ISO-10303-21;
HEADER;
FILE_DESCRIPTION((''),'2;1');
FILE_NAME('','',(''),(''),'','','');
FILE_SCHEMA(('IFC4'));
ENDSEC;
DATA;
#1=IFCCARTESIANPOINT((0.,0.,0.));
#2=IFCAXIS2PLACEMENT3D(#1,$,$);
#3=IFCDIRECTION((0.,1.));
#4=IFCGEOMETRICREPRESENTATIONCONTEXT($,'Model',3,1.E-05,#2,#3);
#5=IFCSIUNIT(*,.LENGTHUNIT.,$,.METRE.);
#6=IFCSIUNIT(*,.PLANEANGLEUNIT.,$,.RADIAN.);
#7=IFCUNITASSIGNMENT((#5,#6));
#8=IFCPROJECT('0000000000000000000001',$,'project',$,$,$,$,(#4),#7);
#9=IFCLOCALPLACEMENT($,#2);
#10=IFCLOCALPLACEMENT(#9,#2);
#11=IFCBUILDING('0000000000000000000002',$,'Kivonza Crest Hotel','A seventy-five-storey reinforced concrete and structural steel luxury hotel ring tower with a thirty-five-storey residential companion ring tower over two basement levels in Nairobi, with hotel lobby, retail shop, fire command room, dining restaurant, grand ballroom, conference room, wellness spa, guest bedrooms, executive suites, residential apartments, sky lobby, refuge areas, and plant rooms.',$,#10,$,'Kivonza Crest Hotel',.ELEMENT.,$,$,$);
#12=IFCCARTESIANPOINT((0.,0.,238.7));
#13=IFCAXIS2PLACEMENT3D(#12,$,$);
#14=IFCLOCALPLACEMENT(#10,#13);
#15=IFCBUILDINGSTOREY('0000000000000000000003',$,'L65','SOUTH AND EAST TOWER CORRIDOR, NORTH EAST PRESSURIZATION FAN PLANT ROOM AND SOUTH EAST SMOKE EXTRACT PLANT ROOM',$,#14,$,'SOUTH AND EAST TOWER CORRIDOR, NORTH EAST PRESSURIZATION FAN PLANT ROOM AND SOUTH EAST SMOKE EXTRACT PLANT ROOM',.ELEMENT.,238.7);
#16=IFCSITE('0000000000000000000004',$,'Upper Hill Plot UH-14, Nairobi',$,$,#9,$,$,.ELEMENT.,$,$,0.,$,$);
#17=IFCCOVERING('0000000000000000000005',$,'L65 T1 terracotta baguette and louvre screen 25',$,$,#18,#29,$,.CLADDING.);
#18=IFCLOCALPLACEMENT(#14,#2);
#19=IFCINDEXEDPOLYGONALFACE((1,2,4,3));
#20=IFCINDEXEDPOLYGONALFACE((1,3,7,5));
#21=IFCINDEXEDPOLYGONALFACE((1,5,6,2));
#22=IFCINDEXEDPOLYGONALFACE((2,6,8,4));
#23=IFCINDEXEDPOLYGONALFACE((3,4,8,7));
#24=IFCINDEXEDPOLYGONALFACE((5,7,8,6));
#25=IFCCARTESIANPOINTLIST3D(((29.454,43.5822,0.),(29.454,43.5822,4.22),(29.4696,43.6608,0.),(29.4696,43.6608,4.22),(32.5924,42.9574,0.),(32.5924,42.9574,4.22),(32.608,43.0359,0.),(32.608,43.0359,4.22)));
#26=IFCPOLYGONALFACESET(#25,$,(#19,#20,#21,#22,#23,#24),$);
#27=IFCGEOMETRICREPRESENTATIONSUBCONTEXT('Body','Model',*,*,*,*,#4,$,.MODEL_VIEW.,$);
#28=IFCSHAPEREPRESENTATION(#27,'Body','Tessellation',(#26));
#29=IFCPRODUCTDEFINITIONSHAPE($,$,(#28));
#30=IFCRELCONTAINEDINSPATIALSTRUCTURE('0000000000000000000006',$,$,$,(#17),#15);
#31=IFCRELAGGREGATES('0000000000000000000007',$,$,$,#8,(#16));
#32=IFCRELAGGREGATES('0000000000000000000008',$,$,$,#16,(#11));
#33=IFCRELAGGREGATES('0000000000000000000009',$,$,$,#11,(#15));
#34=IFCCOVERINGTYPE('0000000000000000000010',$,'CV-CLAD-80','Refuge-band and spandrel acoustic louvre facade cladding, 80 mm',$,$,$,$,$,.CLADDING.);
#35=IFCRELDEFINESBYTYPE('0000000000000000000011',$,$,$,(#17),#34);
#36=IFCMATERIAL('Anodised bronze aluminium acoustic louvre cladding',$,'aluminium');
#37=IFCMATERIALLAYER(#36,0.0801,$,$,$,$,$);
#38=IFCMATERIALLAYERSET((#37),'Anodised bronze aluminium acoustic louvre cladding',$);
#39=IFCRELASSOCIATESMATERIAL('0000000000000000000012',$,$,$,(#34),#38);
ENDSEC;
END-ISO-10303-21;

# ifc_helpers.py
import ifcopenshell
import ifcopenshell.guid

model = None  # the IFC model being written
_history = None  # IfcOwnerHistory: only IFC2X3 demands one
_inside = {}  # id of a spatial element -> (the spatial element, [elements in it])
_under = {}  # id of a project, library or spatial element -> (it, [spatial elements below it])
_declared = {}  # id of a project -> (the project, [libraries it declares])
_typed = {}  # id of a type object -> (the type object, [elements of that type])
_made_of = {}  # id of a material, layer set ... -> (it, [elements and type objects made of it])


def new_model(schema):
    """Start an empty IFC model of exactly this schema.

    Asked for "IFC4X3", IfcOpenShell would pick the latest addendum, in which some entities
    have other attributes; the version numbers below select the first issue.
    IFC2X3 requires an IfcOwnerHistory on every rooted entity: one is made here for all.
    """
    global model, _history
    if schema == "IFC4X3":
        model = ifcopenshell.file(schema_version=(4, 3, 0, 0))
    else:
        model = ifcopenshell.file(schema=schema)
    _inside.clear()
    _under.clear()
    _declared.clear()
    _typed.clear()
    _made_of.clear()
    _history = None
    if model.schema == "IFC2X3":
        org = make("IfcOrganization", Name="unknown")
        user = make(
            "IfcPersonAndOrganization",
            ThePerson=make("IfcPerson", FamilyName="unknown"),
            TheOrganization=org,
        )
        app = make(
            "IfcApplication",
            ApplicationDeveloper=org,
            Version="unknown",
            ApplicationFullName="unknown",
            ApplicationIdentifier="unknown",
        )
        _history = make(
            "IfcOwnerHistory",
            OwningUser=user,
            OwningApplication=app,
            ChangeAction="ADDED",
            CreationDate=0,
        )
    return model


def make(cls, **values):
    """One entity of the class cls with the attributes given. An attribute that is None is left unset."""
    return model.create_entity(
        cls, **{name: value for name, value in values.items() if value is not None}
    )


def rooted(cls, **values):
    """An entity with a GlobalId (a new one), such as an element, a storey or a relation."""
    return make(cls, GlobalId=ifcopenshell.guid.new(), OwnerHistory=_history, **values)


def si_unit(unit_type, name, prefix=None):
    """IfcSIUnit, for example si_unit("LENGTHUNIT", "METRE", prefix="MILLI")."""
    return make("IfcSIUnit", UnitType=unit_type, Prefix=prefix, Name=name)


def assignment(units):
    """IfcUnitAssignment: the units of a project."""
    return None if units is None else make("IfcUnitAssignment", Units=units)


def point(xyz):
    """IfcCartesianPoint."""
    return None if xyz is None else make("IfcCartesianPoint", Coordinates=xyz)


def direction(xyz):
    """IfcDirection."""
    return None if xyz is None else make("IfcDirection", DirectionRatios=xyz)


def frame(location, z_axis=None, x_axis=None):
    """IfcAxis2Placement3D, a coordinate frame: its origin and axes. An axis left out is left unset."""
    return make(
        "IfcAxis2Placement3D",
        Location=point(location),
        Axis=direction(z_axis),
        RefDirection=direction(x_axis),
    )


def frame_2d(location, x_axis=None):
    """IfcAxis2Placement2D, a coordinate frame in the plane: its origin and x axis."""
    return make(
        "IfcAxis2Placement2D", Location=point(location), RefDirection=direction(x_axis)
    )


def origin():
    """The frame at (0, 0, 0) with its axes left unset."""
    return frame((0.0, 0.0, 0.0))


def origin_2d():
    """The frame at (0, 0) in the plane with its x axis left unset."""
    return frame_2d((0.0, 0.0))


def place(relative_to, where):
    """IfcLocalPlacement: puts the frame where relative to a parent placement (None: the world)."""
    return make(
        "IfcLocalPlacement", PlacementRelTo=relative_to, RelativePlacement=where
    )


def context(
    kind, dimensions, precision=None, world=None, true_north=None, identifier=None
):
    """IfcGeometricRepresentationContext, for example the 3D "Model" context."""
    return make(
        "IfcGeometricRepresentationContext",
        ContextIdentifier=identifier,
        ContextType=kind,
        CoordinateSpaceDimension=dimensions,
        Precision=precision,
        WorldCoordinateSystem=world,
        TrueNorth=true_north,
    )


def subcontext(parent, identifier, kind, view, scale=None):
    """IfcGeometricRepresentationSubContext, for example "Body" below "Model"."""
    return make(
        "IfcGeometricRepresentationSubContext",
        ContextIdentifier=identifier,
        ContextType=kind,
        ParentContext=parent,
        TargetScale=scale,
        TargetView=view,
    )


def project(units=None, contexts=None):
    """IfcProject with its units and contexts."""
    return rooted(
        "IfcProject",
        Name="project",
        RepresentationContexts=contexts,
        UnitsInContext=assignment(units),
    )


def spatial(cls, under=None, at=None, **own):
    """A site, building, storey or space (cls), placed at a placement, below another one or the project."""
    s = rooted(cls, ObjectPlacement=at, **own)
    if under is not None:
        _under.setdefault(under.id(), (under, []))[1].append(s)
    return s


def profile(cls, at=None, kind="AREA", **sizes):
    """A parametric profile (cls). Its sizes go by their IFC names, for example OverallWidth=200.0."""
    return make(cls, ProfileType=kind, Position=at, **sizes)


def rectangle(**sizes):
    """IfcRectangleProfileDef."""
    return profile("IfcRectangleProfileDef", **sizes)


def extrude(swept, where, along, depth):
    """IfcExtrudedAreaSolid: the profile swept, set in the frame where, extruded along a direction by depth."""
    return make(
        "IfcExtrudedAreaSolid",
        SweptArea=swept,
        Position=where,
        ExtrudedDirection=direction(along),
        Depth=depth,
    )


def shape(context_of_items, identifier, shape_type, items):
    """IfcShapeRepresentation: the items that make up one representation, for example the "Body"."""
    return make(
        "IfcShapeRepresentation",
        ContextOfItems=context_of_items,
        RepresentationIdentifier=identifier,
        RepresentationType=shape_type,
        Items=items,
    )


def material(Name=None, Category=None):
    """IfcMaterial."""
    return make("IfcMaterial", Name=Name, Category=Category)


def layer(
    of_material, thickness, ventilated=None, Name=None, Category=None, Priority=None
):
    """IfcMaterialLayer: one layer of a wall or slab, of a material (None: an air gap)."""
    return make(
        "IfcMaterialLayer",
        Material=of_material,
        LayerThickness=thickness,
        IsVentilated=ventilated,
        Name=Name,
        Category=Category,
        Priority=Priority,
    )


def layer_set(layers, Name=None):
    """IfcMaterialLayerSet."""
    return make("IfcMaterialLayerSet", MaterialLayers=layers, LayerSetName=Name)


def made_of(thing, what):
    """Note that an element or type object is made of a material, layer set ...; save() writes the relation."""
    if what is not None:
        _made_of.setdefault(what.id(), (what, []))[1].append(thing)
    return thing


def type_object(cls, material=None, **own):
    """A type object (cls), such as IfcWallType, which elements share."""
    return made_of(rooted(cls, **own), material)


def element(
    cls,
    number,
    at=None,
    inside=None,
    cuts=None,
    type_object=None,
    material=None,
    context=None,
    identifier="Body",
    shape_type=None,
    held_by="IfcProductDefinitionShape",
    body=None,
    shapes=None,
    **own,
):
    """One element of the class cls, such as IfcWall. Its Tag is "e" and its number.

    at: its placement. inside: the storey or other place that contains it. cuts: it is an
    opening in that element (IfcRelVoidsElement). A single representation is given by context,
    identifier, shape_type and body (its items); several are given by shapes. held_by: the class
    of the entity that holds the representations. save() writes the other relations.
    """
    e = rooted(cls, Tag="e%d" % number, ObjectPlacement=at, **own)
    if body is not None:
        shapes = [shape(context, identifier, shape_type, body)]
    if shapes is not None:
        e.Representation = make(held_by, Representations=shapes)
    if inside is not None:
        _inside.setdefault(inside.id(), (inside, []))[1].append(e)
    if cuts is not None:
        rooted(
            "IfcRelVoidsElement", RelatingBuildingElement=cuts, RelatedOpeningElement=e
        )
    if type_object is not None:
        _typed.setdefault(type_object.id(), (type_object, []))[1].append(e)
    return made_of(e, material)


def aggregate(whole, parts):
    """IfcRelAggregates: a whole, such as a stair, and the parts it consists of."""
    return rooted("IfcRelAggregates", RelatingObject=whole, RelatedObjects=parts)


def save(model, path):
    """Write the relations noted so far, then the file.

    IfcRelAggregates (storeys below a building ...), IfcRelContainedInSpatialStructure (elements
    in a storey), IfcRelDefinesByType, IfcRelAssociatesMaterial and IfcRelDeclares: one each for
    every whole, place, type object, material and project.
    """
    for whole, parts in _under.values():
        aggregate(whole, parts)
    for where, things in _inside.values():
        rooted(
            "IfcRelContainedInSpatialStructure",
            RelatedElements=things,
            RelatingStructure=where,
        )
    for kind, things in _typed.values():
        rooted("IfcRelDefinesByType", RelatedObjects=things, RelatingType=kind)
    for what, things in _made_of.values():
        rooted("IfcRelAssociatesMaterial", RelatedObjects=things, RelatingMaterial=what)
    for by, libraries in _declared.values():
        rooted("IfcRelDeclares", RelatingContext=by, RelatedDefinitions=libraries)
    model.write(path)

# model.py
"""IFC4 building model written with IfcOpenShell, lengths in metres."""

from ifc_helpers import new_model, si_unit, direction, frame, origin, origin_2d, place, context, subcontext, project, spatial, rectangle, extrude, material, layer, layer_set, type_object, element, save


model = new_model("IFC4")

# Units and contexts
model_context = context("Model", 3, precision=1e-05, world=origin(), true_north=direction((0.0, 1.0)))
body_context = subcontext(model_context, "Body", "Model", "MODEL_VIEW")
ifc_project = project(units=[si_unit("LENGTHUNIT", "METRE"), si_unit("PLANEANGLEUNIT", "RADIAN")], contexts=[model_context])

# Site, building, storey
site_placement = place(None, origin())
site = spatial("IfcSite", under=ifc_project, at=site_placement, Name="Upper Hill Plot UH-14, Nairobi", CompositionType="ELEMENT", RefElevation=0.0)
building_placement = place(site_placement, origin())
building = spatial("IfcBuilding", under=site, at=building_placement, Name="Kivonza Crest Hotel", Description="A seventy-five-storey reinforced concrete and structural steel luxury hotel ring tower with a thirty-five-storey residential companion ring tower over two basement levels in Nairobi, with hotel lobby, retail shop, fire command room, dining restaurant, grand ballroom, conference room, wellness spa, guest bedrooms, executive suites, residential apartments, sky lobby, refuge areas, and plant rooms.", LongName="Kivonza Crest Hotel", CompositionType="ELEMENT")
storey_placement = place(building_placement, frame((0.0, 0.0, 238.7)))
storey = spatial("IfcBuildingStorey", under=building, at=storey_placement, Name="L65", Description="SOUTH AND EAST TOWER CORRIDOR, NORTH EAST PRESSURIZATION FAN PLANT ROOM AND SOUTH EAST SMOKE EXTRACT PLANT ROOM", LongName="SOUTH AND EAST TOWER CORRIDOR, NORTH EAST PRESSURIZATION FAN PLANT ROOM AND SOUTH EAST SMOKE EXTRACT PLANT ROOM", CompositionType="ELEMENT", Elevation=238.7)

# Covering
ifc_material_1 = material(Name="Anodised bronze aluminium acoustic louvre cladding", Category="aluminium")
ifc_layer_1 = layer(ifc_material_1, 0.0801)
ifc_layer_set_1 = layer_set([ifc_layer_1], Name="Anodised bronze aluminium acoustic louvre cladding")
covering_type = type_object("IfcCoveringType", Name="CV-CLAD-80", Description="Refuge-band and spandrel acoustic louvre facade cladding, 80 mm", PredefinedType="CLADDING", material=ifc_layer_set_1)
covering_placement = place(storey_placement, frame((31.031, 43.3091, 0.0), z_axis=(0.0, 0.0, 1.0), x_axis=(-0.980751, 0.195261, 0.0)))
element("IfcCovering", 1, at=covering_placement, inside=storey, type_object=covering_type, Name="L65 T1 terracotta baguette and louvre screen 25", PredefinedType="CLADDING", context=body_context, shape_type="SweptSolid", body=[
    extrude(rectangle(XDim=3.2, YDim=0.0801, at=origin_2d()), origin(), (0.0, 0.0, 1.0), 4.22),
])

save(model, "model.ifc")
